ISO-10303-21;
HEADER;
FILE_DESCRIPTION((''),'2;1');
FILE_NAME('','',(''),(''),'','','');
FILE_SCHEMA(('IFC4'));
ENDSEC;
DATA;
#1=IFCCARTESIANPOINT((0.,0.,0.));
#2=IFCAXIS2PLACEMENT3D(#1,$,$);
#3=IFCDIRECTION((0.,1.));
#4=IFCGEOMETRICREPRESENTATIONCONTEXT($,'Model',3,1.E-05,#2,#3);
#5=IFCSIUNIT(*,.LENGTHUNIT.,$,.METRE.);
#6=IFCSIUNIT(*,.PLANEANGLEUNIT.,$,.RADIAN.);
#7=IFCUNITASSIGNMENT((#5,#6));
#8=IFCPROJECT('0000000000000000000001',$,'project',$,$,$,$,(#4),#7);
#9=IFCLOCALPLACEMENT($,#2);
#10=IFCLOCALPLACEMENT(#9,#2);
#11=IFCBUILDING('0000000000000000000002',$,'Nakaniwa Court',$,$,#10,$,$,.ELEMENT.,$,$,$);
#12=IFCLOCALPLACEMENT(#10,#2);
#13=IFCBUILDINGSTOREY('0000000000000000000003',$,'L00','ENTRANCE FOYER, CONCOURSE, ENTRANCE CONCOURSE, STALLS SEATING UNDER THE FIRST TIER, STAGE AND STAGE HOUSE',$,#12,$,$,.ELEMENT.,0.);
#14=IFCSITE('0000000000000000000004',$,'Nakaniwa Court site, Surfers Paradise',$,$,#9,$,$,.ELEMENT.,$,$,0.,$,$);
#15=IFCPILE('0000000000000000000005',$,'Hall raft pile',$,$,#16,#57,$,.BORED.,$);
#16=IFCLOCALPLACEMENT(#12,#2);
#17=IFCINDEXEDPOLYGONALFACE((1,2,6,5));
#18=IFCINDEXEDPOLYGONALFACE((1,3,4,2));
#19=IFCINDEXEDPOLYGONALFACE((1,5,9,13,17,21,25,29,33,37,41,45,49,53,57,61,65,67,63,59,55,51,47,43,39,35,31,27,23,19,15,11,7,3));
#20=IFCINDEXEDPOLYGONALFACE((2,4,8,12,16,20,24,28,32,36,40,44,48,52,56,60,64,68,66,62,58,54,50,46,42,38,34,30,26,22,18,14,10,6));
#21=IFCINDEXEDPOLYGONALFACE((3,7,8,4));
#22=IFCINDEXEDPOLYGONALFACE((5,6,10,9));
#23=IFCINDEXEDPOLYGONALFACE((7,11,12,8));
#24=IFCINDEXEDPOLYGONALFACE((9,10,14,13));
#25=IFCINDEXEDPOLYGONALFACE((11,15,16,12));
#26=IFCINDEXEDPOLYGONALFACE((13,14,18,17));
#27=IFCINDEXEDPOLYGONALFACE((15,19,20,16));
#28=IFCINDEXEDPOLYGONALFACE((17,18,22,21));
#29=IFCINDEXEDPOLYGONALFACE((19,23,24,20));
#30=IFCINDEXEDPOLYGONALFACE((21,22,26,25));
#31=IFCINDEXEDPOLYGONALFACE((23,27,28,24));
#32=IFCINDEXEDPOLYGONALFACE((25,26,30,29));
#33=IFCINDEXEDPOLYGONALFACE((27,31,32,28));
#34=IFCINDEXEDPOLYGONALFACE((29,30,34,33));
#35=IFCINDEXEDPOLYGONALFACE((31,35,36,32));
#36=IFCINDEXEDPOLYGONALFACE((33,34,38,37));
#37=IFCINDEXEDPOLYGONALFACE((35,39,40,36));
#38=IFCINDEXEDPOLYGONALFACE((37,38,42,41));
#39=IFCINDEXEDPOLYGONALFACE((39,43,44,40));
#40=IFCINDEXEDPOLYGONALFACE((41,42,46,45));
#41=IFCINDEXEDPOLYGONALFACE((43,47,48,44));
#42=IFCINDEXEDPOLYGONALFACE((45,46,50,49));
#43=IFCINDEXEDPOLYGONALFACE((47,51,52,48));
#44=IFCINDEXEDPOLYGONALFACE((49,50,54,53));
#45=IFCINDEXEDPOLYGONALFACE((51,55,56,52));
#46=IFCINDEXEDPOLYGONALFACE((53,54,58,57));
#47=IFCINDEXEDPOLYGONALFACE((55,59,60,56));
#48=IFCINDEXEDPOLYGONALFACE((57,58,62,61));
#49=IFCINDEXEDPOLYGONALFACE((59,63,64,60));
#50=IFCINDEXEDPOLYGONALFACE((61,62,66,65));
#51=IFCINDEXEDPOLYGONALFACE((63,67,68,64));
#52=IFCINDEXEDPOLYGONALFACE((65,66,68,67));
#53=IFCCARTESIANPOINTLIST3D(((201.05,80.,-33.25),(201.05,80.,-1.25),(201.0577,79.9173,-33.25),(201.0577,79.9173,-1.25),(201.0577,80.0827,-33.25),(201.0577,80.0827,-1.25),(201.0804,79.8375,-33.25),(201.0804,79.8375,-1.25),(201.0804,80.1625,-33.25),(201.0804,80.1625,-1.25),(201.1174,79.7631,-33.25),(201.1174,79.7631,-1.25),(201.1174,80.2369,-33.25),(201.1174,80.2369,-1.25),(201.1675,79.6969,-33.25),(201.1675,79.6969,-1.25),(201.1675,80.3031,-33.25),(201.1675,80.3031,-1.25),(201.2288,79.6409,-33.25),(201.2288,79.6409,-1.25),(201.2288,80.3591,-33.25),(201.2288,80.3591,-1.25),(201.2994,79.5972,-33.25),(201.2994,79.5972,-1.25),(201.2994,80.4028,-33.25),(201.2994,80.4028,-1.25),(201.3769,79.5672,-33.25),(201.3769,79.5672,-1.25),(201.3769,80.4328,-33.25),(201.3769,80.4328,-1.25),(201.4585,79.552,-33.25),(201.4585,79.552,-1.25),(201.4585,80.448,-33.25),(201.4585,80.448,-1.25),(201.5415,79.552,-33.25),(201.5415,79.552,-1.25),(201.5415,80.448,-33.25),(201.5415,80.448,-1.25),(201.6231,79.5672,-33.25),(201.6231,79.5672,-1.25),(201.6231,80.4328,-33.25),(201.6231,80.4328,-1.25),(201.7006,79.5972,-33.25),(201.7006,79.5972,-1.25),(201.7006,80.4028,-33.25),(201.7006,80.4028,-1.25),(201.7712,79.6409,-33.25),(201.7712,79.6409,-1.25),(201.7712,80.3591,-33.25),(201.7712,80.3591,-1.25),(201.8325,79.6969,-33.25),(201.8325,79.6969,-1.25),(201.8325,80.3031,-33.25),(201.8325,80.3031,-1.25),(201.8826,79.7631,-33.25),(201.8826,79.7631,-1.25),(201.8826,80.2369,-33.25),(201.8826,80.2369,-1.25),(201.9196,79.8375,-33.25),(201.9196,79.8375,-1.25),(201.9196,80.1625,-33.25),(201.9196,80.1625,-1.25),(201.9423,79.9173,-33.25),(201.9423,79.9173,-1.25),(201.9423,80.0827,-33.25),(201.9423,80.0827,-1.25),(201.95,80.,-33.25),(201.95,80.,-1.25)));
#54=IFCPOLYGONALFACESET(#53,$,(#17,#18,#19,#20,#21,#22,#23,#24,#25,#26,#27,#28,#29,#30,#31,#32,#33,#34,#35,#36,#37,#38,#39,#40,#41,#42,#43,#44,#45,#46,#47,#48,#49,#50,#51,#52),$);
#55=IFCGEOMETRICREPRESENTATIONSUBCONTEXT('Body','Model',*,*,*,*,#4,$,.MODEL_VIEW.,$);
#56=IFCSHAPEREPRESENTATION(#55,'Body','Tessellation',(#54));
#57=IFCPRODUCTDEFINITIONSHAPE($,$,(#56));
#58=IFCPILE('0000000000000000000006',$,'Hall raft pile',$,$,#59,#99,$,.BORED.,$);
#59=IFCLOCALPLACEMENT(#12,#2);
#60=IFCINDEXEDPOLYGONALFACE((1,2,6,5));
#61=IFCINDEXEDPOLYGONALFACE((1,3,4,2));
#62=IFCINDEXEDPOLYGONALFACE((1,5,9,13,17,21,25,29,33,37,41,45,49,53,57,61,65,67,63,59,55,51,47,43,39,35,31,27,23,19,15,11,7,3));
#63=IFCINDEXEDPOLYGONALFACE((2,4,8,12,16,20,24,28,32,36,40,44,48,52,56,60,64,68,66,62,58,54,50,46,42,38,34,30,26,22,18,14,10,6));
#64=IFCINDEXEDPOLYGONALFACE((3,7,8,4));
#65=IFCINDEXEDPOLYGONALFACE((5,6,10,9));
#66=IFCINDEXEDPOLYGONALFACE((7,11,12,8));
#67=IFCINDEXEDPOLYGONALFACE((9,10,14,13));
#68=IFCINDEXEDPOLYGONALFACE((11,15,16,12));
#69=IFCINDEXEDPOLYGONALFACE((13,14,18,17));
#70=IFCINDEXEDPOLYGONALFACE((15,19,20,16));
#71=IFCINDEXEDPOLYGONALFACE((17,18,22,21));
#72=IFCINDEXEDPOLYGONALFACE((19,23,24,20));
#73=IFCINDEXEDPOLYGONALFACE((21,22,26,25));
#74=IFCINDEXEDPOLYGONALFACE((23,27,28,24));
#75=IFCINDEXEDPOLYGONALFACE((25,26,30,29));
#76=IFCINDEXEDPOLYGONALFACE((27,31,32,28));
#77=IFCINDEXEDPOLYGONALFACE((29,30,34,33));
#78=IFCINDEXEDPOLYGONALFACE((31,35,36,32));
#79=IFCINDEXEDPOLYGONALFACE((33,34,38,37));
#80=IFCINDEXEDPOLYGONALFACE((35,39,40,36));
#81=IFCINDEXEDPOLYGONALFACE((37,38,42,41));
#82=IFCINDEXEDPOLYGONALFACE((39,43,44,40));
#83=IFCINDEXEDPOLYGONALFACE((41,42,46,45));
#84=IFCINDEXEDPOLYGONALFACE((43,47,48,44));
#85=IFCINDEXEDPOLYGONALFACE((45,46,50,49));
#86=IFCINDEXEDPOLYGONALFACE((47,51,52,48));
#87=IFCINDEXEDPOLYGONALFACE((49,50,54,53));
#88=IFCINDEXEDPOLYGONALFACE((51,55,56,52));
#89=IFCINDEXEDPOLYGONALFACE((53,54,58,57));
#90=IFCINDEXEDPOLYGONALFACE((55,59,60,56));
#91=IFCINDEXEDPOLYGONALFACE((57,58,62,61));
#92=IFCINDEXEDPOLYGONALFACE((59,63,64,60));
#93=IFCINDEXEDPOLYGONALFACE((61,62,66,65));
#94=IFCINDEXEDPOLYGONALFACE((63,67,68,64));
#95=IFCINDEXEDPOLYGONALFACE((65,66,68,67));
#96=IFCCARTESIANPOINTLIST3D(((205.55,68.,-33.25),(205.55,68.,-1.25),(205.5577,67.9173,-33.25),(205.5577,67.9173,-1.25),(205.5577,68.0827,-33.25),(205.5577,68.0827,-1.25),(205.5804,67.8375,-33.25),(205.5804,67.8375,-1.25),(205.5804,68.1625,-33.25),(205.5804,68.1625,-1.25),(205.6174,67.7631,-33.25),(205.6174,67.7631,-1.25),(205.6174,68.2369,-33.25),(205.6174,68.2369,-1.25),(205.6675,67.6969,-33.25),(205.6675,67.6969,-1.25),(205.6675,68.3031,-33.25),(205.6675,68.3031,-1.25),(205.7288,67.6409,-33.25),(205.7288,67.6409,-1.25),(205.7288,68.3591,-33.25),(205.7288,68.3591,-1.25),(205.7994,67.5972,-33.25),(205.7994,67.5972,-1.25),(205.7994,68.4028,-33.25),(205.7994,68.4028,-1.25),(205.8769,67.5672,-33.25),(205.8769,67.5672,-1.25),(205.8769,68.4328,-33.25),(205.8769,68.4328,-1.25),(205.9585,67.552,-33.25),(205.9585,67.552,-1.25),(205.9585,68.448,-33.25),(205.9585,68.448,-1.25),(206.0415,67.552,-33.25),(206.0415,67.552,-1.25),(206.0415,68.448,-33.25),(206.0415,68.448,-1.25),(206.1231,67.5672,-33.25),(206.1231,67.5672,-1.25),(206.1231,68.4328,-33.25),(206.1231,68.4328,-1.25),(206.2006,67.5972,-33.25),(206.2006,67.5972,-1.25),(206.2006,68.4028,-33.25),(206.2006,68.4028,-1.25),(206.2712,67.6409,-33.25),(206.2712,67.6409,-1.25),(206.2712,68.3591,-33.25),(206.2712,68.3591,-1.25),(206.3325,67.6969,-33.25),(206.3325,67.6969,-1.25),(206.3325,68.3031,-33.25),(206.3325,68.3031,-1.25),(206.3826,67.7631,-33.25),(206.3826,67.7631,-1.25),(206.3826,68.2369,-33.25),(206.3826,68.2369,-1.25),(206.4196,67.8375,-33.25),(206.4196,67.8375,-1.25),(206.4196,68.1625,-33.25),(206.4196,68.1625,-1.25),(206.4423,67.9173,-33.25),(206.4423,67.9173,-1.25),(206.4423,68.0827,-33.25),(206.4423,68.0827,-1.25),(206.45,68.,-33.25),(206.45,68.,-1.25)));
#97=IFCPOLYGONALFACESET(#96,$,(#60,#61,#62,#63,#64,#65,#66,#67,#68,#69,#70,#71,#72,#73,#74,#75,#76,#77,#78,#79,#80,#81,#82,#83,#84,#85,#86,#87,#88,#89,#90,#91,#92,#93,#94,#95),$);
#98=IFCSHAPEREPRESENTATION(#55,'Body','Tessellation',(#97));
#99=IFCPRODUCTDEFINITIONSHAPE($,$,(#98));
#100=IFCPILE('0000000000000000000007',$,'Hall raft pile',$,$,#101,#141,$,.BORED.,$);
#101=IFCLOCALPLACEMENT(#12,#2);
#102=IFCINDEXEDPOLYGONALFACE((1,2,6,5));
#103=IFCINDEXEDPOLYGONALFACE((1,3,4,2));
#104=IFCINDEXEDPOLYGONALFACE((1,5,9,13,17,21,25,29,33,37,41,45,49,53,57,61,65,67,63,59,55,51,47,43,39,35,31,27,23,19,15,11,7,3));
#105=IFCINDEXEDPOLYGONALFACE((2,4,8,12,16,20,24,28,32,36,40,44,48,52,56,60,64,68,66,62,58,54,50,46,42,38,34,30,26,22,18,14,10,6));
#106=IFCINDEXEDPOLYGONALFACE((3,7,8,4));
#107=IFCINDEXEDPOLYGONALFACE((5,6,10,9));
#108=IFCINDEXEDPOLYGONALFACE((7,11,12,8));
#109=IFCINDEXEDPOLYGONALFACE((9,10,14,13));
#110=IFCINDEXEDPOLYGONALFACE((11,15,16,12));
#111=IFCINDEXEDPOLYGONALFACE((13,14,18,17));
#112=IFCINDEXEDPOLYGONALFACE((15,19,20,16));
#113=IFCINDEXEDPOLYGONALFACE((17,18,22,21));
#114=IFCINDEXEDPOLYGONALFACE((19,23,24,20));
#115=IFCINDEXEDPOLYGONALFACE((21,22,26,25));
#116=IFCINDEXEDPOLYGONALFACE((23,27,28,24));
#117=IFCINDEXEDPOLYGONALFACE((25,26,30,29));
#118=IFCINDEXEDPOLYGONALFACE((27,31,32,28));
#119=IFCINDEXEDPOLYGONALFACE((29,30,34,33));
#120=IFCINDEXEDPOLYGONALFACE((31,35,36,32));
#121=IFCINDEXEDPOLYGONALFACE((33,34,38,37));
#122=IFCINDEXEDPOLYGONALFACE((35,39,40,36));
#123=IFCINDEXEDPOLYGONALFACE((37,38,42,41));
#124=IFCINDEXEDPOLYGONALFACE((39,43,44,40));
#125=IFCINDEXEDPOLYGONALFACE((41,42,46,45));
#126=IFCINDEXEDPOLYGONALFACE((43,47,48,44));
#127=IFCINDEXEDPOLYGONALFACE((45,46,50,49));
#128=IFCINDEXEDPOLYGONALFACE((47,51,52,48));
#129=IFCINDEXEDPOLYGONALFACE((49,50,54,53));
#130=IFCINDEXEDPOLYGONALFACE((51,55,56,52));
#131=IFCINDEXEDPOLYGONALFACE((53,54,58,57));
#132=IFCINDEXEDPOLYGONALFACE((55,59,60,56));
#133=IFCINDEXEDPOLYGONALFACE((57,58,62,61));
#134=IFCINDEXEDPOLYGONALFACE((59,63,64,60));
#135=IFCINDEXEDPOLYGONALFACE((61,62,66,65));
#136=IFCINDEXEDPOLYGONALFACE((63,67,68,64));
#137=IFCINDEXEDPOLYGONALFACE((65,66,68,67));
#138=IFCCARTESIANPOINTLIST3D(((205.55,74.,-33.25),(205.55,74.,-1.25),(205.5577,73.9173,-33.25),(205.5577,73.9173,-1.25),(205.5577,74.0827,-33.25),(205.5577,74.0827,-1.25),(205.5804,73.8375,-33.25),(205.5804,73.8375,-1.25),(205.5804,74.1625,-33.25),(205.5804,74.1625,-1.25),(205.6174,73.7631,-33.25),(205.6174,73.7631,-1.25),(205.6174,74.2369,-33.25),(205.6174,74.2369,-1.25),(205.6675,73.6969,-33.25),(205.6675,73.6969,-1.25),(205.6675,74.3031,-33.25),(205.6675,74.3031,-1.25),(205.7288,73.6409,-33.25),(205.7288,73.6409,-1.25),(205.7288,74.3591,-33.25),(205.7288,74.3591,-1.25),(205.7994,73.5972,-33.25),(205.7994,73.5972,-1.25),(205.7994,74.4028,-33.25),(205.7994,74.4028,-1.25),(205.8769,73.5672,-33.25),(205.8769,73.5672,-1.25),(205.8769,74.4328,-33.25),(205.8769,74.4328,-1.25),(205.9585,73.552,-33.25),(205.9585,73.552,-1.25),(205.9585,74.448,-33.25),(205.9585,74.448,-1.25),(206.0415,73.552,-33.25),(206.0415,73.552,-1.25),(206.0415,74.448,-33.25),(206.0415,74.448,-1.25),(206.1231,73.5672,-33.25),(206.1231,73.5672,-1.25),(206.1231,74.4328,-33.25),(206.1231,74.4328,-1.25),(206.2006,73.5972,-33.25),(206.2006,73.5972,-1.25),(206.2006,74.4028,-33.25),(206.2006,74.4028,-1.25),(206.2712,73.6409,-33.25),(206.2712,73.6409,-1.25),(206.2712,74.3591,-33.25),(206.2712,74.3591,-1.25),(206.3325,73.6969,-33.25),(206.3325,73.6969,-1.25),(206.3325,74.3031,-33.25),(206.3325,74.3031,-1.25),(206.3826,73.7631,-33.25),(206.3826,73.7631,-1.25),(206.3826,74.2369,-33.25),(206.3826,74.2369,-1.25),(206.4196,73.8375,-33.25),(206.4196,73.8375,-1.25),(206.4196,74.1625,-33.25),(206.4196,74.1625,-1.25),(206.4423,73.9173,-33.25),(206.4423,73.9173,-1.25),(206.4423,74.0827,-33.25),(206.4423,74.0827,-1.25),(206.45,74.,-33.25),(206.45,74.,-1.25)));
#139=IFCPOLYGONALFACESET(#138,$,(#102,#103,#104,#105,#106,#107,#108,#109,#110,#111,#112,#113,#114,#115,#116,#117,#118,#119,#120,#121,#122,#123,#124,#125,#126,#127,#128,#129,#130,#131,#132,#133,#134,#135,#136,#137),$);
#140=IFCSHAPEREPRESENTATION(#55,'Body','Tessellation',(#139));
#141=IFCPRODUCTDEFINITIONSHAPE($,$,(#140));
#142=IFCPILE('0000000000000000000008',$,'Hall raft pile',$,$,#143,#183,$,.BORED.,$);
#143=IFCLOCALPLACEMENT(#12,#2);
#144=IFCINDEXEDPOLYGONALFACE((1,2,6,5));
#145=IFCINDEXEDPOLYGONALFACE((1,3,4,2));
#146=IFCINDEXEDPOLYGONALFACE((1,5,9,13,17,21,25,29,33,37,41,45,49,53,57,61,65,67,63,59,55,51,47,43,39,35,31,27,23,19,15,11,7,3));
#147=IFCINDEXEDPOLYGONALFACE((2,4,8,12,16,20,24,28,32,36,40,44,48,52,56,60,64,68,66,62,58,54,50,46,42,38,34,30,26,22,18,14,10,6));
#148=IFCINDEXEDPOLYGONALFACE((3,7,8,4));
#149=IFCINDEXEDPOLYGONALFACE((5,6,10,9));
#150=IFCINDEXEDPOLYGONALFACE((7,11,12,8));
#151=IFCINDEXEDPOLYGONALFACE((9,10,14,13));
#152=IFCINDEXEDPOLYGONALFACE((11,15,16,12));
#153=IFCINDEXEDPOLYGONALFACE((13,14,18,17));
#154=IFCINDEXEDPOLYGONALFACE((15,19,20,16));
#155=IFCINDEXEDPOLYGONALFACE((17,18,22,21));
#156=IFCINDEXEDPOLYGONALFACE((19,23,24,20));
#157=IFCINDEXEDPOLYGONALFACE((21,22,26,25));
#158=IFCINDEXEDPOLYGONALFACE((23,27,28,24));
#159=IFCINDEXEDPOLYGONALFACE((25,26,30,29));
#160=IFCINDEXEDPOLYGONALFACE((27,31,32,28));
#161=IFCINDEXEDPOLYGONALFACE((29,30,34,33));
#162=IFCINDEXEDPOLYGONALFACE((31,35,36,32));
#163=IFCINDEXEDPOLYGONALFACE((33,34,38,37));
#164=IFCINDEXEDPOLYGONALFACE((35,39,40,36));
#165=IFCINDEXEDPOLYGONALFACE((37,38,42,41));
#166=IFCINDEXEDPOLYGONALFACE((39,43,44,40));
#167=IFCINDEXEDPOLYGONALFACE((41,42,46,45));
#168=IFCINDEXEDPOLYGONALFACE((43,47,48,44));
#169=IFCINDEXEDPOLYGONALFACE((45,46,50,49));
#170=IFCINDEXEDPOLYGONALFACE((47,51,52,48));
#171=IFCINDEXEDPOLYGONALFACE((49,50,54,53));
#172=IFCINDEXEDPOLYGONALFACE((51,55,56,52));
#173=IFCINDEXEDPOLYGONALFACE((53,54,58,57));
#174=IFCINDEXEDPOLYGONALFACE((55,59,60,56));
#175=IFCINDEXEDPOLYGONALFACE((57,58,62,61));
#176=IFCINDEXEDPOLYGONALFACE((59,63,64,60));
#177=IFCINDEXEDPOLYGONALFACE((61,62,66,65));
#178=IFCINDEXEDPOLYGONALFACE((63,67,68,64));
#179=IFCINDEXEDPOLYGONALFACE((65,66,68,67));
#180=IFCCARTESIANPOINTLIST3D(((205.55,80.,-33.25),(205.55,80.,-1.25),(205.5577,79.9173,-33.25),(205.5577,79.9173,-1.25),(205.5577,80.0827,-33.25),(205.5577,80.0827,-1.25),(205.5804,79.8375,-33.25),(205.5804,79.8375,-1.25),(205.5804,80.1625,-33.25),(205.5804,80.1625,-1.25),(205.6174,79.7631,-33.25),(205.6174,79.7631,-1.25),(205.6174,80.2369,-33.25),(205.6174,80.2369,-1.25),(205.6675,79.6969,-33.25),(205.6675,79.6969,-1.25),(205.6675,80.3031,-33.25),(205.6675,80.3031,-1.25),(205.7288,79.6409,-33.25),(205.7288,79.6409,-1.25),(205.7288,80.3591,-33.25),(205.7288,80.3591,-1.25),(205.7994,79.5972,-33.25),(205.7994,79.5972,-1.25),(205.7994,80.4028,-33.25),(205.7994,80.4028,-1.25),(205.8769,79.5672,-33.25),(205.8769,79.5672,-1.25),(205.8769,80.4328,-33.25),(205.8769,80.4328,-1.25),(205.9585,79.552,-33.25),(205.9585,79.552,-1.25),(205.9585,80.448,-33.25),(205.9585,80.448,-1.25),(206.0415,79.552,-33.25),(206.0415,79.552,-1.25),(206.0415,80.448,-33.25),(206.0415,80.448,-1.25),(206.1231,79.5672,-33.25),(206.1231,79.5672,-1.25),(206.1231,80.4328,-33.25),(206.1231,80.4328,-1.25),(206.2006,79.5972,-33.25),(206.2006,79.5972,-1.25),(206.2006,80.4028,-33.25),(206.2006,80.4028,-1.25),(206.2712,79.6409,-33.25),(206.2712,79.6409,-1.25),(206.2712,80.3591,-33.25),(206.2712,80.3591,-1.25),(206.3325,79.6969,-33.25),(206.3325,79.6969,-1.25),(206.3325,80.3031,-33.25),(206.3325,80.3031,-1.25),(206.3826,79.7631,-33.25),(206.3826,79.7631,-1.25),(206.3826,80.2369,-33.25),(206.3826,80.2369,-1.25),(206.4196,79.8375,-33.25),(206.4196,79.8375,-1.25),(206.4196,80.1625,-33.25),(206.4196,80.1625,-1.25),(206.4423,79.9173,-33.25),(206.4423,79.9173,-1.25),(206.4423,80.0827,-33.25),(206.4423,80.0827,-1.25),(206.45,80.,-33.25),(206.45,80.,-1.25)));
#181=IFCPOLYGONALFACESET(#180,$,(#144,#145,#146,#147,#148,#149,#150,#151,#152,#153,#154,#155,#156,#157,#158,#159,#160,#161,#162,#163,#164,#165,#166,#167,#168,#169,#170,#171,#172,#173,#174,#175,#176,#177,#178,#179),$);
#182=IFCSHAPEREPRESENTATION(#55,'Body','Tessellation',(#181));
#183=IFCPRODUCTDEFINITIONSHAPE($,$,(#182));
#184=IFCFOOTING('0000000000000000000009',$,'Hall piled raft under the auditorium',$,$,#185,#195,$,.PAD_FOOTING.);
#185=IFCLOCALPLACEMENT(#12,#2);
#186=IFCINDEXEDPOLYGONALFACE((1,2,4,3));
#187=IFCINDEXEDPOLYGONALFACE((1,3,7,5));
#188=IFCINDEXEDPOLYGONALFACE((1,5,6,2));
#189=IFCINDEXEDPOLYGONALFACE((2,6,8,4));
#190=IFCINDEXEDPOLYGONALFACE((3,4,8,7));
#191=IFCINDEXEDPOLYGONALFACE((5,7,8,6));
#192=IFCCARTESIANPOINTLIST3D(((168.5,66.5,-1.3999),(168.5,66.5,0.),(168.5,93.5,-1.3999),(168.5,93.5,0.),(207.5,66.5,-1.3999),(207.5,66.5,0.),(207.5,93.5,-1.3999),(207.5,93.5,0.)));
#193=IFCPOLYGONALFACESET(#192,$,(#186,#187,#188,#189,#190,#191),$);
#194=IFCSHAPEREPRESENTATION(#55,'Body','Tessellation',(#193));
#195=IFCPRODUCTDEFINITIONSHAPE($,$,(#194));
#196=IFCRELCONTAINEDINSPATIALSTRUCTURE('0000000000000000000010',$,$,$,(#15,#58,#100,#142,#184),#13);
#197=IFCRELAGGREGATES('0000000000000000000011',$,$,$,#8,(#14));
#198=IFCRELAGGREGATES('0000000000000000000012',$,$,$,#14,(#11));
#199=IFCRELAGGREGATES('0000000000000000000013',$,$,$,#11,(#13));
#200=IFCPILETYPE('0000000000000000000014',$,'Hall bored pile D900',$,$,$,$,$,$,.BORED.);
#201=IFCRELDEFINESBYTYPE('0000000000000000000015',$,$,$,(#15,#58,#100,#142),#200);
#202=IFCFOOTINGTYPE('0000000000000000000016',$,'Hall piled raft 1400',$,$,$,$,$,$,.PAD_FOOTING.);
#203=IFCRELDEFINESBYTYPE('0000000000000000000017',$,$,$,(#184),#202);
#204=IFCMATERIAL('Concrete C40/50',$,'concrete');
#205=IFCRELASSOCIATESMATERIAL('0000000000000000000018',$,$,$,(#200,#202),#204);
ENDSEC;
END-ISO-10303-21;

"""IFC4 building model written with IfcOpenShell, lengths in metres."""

from ifc_helpers import new_model, si_unit, direction, frame, origin, origin_2d, place, context, subcontext, project, spatial, rectangle, circle, extrude, material, material_profile, profile_set, type_object, element, save


model = new_model("IFC4")

# Units and contexts
model_context = context("Model", 3, precision=1e-05, world=origin(), true_north=direction((0.0, 1.0)))
body_context = subcontext(model_context, "Body", "Model", "MODEL_VIEW")
ifc_project = project(units=[si_unit("LENGTHUNIT", "METRE"), si_unit("PLANEANGLEUNIT", "RADIAN")], contexts=[model_context])

# Site, building, storey
site_placement = place(None, origin())
site = spatial("IfcSite", under=ifc_project, at=site_placement, Name="Nakaniwa Court site, Surfers Paradise", CompositionType="ELEMENT", RefElevation=0.0)
building_placement = place(site_placement, origin())
building = spatial("IfcBuilding", under=site, at=building_placement, Name="Nakaniwa Court", CompositionType="ELEMENT")
storey_placement = place(building_placement, origin())
storey = spatial("IfcBuildingStorey", under=building, at=storey_placement, Name="L00", Description="ENTRANCE FOYER, CONCOURSE, ENTRANCE CONCOURSE, STALLS SEATING UNDER THE FIRST TIER, STAGE AND STAGE HOUSE", CompositionType="ELEMENT", Elevation=0.0)

# Piles
ifc_material_1 = material(Name="Concrete C40/50", Category="concrete")
ifc_material_profile = material_profile(ifc_material_1, circle(Radius=0.45, at=origin_2d()), Name="Bored pile D900")
ifc_profile_set = profile_set([ifc_material_profile], Name="Concrete C40/50")
pile_type = type_object("IfcPileType", Name="Hall bored pile D900", PredefinedType="BORED", material=ifc_profile_set)
for number, where, z_axis, x_axis, name in (
    (1, (201.5, 80.0, -1.25), (0.0, 0.0, -1.0), (1.0, 0.0, 0.0), "Hall raft pile"),
    (2, (206.0, 68.0, -1.25), (0.0, 0.0, -1.0), (1.0, 0.0, 0.0), "Hall raft pile"),
    (3, (206.0, 74.0, -1.25), (0.0, 0.0, -1.0), (1.0, 0.0, 0.0), "Hall raft pile"),
    (4, (206.0, 80.0, -1.25), (0.0, 0.0, -1.0), (1.0, 0.0, 0.0), "Hall raft pile"),
):
    element("IfcPile", number, at=place(storey_placement, frame(where, z_axis=z_axis, x_axis=x_axis)), inside=storey, type_object=pile_type, Name=name, PredefinedType="BORED", context=body_context, shape_type="SweptSolid", body=[
        extrude(circle(Radius=0.45, at=origin_2d()), origin(), (0.0, 0.0, 1.0), 32.0),
    ])

# Footing
footing_type = type_object("IfcFootingType", Name="Hall piled raft 1400", PredefinedType="PAD_FOOTING", material=ifc_material_1)
footing_placement = place(storey_placement, frame((188.0, 80.0, -1.3999), z_axis=(0.0, 0.0, 1.0), x_axis=(1.0, 0.0, 0.0)))
element("IfcFooting", 5, at=footing_placement, inside=storey, type_object=footing_type, Name="Hall piled raft under the auditorium", PredefinedType="PAD_FOOTING", context=body_context, shape_type="SweptSolid", body=[
    extrude(rectangle(XDim=39.0, YDim=27.0, at=origin_2d()), origin(), (0.0, 0.0, 1.0), 1.3999),
])

save(model, "model.ifc")
